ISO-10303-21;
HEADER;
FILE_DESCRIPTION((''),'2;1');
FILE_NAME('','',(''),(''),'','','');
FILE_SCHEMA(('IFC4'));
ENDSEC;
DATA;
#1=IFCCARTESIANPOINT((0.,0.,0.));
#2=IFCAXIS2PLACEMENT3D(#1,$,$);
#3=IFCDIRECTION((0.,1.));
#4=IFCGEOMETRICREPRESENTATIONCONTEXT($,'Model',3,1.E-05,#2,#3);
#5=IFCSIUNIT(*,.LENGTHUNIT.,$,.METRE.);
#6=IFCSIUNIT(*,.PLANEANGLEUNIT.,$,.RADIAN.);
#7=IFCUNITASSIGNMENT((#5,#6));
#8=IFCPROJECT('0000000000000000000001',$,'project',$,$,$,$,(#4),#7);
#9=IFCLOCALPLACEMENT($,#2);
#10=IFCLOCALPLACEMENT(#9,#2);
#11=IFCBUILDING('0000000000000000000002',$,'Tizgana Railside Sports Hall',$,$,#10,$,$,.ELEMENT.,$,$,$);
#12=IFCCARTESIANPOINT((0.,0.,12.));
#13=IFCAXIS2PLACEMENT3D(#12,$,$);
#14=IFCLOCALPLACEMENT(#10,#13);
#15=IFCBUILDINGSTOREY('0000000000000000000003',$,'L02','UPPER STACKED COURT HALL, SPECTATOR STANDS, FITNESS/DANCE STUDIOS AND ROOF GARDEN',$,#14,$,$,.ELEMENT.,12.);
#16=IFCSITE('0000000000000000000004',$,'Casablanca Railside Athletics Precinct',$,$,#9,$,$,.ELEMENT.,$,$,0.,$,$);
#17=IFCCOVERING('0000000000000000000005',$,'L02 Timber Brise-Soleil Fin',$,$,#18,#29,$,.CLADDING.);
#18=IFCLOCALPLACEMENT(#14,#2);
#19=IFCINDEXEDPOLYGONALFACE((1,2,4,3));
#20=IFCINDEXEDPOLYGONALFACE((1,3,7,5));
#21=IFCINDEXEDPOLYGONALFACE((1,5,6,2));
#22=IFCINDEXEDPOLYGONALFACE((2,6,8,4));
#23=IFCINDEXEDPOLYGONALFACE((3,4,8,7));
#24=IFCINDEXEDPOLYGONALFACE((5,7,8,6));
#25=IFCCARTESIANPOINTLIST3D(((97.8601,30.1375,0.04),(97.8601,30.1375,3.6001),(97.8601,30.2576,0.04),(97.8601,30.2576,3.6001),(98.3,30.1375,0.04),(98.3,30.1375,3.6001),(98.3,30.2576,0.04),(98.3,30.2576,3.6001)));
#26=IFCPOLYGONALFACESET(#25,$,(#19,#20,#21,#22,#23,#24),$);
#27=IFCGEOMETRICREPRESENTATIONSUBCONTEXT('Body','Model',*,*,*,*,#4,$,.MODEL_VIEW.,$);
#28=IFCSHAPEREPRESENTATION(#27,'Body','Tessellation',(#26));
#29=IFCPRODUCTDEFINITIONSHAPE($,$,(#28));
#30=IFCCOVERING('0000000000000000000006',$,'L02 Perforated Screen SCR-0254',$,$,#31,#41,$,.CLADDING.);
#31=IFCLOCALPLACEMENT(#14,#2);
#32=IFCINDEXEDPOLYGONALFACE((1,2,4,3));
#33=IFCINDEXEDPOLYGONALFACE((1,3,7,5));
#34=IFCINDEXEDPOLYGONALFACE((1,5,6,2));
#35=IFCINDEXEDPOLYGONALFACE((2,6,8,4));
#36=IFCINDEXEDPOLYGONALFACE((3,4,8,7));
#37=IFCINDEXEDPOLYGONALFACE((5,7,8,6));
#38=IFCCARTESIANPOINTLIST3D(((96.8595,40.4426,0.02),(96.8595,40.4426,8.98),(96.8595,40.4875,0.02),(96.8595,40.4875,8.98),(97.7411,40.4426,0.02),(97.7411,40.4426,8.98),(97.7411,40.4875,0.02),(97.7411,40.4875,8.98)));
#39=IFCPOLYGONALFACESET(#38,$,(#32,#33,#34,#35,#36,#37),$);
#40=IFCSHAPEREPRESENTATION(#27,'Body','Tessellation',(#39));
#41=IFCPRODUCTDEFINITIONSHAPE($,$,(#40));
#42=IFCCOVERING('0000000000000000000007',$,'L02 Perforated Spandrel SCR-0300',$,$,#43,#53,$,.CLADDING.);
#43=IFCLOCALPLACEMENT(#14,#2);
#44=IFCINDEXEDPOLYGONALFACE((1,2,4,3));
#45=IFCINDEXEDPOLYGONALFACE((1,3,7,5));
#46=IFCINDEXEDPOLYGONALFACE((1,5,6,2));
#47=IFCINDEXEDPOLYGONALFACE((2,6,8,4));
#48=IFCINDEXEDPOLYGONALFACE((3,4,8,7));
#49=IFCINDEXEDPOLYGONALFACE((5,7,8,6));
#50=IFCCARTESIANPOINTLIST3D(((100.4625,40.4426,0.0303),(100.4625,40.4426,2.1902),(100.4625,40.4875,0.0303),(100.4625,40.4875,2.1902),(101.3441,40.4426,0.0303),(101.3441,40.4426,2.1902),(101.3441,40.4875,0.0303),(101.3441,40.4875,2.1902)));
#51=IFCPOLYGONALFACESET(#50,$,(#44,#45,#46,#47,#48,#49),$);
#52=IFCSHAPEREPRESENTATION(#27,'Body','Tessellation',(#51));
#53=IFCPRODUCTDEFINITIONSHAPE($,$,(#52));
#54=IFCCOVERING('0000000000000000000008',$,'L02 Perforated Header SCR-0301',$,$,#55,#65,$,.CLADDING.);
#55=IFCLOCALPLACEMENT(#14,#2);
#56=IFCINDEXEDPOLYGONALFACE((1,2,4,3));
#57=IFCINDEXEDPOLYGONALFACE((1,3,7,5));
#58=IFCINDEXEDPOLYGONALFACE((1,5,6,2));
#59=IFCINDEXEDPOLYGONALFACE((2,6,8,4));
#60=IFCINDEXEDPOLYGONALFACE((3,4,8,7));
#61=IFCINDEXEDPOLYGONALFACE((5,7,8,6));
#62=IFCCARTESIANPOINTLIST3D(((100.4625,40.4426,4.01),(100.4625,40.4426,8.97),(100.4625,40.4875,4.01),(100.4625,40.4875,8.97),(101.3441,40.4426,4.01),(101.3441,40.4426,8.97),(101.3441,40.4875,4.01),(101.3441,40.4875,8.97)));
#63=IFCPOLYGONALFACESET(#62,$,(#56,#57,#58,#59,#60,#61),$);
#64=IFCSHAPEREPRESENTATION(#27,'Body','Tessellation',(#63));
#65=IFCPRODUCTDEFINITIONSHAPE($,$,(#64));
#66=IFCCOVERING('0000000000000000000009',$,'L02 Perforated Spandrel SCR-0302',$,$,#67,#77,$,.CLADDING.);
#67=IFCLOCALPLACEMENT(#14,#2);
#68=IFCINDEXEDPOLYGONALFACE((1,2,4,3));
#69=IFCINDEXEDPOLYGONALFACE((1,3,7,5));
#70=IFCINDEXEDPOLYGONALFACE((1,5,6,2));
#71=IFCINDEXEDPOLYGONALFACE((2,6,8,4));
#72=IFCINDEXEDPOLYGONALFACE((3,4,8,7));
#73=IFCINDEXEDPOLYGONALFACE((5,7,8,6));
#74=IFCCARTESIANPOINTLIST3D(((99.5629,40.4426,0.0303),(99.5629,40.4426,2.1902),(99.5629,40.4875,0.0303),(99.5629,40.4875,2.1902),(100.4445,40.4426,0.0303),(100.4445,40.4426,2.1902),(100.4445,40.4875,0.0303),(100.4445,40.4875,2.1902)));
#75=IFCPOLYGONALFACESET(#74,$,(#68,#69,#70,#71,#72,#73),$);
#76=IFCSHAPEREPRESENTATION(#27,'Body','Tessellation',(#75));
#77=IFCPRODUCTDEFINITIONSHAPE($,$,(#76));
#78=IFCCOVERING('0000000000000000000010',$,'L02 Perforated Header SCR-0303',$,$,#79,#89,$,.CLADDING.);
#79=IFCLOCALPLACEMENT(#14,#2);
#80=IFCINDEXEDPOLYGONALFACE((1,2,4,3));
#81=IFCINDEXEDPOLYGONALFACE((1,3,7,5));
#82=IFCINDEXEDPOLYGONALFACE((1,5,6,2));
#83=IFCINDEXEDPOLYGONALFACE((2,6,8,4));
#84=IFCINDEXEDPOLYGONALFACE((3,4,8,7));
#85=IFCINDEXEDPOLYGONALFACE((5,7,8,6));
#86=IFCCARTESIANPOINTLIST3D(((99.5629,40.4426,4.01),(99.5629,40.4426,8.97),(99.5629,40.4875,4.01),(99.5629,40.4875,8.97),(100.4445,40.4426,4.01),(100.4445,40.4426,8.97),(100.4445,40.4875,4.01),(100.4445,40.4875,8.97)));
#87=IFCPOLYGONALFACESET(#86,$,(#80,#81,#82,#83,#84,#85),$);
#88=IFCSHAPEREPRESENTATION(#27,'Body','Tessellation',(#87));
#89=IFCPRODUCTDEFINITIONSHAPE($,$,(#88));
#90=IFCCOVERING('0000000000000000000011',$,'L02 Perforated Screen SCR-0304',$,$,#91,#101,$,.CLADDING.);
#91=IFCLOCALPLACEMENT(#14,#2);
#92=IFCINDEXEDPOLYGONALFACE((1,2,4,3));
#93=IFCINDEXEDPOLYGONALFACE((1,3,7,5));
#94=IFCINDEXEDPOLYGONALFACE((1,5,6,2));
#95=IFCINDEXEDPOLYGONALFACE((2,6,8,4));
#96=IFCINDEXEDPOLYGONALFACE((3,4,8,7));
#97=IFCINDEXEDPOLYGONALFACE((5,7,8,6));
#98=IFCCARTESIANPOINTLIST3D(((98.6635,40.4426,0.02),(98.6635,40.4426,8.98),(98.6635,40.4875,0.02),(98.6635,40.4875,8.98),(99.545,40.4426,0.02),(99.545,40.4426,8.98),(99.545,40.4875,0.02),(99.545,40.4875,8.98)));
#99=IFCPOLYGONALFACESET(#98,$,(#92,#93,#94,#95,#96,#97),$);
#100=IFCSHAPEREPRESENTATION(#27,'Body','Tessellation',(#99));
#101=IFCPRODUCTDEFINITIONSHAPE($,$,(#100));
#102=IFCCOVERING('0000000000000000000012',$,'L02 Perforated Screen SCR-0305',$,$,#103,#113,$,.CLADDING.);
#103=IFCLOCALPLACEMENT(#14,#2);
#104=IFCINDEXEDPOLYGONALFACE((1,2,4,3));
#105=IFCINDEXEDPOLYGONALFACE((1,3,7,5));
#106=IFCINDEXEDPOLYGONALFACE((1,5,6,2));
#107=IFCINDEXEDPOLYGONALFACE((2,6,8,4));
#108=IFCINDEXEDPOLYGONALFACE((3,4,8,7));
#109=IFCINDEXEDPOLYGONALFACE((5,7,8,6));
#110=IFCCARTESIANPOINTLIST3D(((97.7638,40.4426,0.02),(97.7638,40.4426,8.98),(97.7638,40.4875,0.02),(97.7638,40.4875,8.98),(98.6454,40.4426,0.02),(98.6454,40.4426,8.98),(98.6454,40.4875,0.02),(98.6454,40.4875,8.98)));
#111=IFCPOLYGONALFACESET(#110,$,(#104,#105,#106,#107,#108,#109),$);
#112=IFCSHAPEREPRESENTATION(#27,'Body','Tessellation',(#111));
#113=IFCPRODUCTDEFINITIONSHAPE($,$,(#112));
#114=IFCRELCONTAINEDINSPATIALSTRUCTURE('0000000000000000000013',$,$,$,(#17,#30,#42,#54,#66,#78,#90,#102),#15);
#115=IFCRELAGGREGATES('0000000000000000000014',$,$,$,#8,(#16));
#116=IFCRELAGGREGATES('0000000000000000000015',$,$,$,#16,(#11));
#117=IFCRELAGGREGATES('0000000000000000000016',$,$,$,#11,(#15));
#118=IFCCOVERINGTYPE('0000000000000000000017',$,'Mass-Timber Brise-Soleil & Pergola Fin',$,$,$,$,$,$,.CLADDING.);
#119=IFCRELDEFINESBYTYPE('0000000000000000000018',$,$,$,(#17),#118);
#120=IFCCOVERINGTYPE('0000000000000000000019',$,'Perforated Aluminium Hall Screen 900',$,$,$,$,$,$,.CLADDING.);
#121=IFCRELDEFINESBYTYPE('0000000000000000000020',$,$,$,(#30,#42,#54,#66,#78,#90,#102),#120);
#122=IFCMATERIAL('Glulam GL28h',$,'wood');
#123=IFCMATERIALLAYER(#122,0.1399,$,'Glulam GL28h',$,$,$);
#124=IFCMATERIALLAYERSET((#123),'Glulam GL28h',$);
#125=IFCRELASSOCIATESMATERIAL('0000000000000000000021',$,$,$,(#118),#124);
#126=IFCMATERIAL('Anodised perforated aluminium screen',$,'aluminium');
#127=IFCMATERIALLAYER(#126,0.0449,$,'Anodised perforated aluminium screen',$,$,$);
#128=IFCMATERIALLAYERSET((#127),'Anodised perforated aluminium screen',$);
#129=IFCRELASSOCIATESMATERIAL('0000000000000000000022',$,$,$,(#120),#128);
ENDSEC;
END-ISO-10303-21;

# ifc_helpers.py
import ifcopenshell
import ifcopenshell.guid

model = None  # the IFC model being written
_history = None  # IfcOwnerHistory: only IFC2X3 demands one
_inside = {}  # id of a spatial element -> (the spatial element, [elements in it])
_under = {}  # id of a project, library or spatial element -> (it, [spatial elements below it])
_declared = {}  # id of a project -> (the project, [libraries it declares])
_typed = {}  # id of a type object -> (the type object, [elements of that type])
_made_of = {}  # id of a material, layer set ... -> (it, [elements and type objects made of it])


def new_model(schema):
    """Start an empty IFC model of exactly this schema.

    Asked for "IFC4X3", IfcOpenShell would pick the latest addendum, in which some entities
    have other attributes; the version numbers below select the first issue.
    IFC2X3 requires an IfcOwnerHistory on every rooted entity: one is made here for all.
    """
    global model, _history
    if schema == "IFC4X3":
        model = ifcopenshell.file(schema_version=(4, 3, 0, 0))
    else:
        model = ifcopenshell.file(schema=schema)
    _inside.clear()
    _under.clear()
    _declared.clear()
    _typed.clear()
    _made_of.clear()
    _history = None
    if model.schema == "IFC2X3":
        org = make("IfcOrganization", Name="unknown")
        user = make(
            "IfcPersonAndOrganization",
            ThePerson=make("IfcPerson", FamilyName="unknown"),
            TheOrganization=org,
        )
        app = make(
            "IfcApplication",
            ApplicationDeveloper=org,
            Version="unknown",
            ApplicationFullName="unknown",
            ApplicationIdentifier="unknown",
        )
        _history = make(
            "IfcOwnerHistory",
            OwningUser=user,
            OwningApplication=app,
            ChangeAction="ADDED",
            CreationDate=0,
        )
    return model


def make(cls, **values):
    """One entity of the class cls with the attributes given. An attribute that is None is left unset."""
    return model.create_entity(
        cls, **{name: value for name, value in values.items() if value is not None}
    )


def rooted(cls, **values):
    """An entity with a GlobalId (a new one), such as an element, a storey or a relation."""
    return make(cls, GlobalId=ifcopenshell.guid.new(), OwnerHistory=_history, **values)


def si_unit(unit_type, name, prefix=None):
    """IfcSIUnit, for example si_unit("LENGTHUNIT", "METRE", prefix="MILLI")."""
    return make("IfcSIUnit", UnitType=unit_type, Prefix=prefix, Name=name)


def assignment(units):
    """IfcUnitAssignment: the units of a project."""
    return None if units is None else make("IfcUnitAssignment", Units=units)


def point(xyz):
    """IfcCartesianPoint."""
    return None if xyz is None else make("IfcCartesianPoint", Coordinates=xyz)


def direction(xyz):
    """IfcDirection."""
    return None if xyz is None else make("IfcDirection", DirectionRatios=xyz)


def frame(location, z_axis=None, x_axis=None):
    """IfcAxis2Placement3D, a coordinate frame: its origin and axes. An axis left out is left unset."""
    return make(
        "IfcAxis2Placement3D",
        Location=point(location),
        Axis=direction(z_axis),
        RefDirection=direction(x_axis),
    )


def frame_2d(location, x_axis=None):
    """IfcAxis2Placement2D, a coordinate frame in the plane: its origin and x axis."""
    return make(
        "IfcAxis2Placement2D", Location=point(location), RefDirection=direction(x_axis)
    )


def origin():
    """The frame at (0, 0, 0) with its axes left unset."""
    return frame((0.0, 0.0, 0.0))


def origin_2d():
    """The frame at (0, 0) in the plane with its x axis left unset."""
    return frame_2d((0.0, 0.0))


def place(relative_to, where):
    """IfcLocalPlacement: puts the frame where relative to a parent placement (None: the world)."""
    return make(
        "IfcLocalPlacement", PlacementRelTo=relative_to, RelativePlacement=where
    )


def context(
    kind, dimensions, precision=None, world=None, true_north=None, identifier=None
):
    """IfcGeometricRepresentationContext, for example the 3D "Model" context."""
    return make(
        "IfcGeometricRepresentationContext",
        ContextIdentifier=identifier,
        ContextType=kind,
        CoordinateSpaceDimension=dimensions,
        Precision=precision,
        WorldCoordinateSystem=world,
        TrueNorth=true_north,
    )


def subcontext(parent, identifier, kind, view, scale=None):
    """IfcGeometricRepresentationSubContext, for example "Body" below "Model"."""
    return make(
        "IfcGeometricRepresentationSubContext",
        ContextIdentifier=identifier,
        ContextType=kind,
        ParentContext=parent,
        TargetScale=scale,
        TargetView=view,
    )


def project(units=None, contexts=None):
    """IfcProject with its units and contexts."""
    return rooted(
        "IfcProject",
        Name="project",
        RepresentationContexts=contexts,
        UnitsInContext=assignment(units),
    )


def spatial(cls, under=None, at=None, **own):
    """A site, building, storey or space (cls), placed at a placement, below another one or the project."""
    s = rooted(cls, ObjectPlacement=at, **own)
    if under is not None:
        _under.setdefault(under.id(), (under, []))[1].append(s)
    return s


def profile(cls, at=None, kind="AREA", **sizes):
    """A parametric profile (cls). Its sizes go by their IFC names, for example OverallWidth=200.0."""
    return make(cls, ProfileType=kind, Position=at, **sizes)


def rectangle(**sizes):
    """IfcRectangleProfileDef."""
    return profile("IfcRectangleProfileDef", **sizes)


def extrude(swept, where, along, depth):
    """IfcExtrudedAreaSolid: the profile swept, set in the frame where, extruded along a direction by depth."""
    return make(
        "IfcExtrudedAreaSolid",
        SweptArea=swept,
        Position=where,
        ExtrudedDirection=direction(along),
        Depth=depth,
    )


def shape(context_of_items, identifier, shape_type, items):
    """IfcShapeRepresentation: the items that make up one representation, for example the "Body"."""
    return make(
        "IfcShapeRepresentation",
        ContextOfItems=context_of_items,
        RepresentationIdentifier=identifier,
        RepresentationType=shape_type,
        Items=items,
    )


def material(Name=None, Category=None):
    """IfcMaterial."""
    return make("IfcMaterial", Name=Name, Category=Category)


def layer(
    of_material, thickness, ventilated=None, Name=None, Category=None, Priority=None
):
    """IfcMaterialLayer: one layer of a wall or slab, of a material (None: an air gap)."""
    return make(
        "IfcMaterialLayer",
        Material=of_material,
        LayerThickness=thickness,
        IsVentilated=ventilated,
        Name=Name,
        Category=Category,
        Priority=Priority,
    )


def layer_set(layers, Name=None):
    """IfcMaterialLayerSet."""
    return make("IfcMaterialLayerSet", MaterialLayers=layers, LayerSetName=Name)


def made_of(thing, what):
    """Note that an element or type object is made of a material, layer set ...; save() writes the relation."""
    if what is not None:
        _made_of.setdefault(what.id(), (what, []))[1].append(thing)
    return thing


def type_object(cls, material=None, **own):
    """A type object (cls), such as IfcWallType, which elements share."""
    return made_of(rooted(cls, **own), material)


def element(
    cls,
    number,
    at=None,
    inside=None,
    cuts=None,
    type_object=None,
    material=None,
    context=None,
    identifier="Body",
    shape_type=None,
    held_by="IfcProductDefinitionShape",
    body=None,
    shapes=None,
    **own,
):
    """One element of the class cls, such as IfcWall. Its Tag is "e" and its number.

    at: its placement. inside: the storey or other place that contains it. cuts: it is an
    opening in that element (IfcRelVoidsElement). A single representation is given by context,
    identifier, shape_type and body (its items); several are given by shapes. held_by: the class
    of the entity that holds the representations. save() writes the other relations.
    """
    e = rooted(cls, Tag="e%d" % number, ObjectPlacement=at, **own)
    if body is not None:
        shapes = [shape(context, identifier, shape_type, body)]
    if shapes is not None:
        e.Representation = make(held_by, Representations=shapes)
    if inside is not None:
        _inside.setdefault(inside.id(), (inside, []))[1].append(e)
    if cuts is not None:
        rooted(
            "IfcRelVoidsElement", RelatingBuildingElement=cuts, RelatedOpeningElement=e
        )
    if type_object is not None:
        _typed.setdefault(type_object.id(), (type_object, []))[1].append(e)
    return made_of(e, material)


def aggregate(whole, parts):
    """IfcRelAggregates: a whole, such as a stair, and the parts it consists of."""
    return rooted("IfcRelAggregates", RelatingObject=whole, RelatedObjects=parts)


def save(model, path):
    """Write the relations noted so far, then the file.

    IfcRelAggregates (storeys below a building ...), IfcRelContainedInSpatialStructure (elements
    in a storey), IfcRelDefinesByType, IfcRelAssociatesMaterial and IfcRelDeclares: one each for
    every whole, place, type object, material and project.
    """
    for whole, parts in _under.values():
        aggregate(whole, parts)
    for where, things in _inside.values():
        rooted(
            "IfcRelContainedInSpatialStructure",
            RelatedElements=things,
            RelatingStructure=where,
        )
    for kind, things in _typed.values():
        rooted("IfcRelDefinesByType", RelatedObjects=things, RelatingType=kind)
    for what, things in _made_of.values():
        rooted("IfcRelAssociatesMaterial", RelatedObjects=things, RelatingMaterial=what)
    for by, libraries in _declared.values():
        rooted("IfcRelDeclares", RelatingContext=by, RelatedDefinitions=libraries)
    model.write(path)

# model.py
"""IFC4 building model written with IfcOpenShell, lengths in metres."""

from ifc_helpers import new_model, si_unit, direction, frame, origin, origin_2d, place, context, subcontext, project, spatial, rectangle, extrude, material, layer, layer_set, type_object, element, save


model = new_model("IFC4")

# Units and contexts
model_context = context("Model", 3, precision=1e-05, world=origin(), true_north=direction((0.0, 1.0)))
body_context = subcontext(model_context, "Body", "Model", "MODEL_VIEW")
ifc_project = project(units=[si_unit("LENGTHUNIT", "METRE"), si_unit("PLANEANGLEUNIT", "RADIAN")], contexts=[model_context])

# Site, building, storey
site_placement = place(None, origin())
site = spatial("IfcSite", under=ifc_project, at=site_placement, Name="Casablanca Railside Athletics Precinct", CompositionType="ELEMENT", RefElevation=0.0)
building_placement = place(site_placement, origin())
building = spatial("IfcBuilding", under=site, at=building_placement, Name="Tizgana Railside Sports Hall", CompositionType="ELEMENT")
storey_placement = place(building_placement, frame((0.0, 0.0, 12.0)))
storey = spatial("IfcBuildingStorey", under=building, at=storey_placement, Name="L02", Description="UPPER STACKED COURT HALL, SPECTATOR STANDS, FITNESS/DANCE STUDIOS AND ROOF GARDEN", CompositionType="ELEMENT", Elevation=12.0)

# Coverings
ifc_material_1 = material(Name="Glulam GL28h", Category="wood")
ifc_layer_1 = layer(ifc_material_1, 0.1399, Name="Glulam GL28h")
ifc_layer_set_1 = layer_set([ifc_layer_1], Name="Glulam GL28h")
covering_type_1 = type_object("IfcCoveringType", Name="Mass-Timber Brise-Soleil & Pergola Fin", PredefinedType="CLADDING", material=ifc_layer_set_1)
covering_1_placement = place(storey_placement, frame((98.0801, 30.1975, 0.04), z_axis=(0.0, 0.0, 1.0), x_axis=(0.0, -1.0, 0.0)))
element("IfcCovering", 1, at=covering_1_placement, inside=storey, type_object=covering_type_1, Name="L02 Timber Brise-Soleil Fin", PredefinedType="CLADDING", context=body_context, shape_type="SweptSolid", body=[
    extrude(rectangle(XDim=0.1201, YDim=0.4399, at=origin_2d()), origin(), (0.0, 0.0, 1.0), 3.5601),
])
ifc_material_2 = material(Name="Anodised perforated aluminium screen", Category="aluminium")
ifc_layer_2 = layer(ifc_material_2, 0.0449, Name="Anodised perforated aluminium screen")
ifc_layer_set_2 = layer_set([ifc_layer_2], Name="Anodised perforated aluminium screen")
covering_type_2 = type_object("IfcCoveringType", Name="Perforated Aluminium Hall Screen 900", PredefinedType="CLADDING", material=ifc_layer_set_2)
covering_2_placement = place(storey_placement, frame((97.3003, 40.4651, 0.02), z_axis=(0.0, 0.0, 1.0), x_axis=(-1.0, 0.0, 0.0)))
element("IfcCovering", 2, at=covering_2_placement, inside=storey, type_object=covering_type_2, Name="L02 Perforated Screen SCR-0254", PredefinedType="CLADDING", context=body_context, shape_type="SweptSolid", body=[
    extrude(rectangle(XDim=0.8816, YDim=0.0449, at=origin_2d()), origin(), (0.0, 0.0, 1.0), 8.96),
])
covering_3_placement = place(storey_placement, frame((100.9033, 40.4651, 0.0303), z_axis=(0.0, 0.0, 1.0), x_axis=(-1.0, 0.0, 0.0)))
element("IfcCovering", 3, at=covering_3_placement, inside=storey, type_object=covering_type_2, Name="L02 Perforated Spandrel SCR-0300", PredefinedType="CLADDING", context=body_context, shape_type="SweptSolid", body=[
    extrude(rectangle(XDim=0.8816, YDim=0.0449, at=origin_2d()), origin(), (0.0, 0.0, 1.0), 2.1599),
])
covering_4_placement = place(storey_placement, frame((100.9033, 40.4651, 4.01), z_axis=(0.0, 0.0, 1.0), x_axis=(-1.0, 0.0, 0.0)))
element("IfcCovering", 4, at=covering_4_placement, inside=storey, type_object=covering_type_2, Name="L02 Perforated Header SCR-0301", PredefinedType="CLADDING", context=body_context, shape_type="SweptSolid", body=[
    extrude(rectangle(XDim=0.8816, YDim=0.0449, at=origin_2d()), origin(), (0.0, 0.0, 1.0), 4.96),
])
covering_5_placement = place(storey_placement, frame((100.0037, 40.4651, 0.0303), z_axis=(0.0, 0.0, 1.0), x_axis=(-1.0, 0.0, 0.0)))
element("IfcCovering", 5, at=covering_5_placement, inside=storey, type_object=covering_type_2, Name="L02 Perforated Spandrel SCR-0302", PredefinedType="CLADDING", context=body_context, shape_type="SweptSolid", body=[
    extrude(rectangle(XDim=0.8816, YDim=0.0449, at=origin_2d()), origin(), (0.0, 0.0, 1.0), 2.1599),
])
covering_6_placement = place(storey_placement, frame((100.0037, 40.4651, 4.01), z_axis=(0.0, 0.0, 1.0), x_axis=(-1.0, 0.0, 0.0)))
element("IfcCovering", 6, at=covering_6_placement, inside=storey, type_object=covering_type_2, Name="L02 Perforated Header SCR-0303", PredefinedType="CLADDING", context=body_context, shape_type="SweptSolid", body=[
    extrude(rectangle(XDim=0.8816, YDim=0.0449, at=origin_2d()), origin(), (0.0, 0.0, 1.0), 4.96),
])
for number, where, z_axis, x_axis, name in (
    (7, (99.1042, 40.4651, 0.02), (0.0, 0.0, 1.0), (-1.0, 0.0, 0.0), "L02 Perforated Screen SCR-0304"),
    (8, (98.2046, 40.4651, 0.02), (0.0, 0.0, 1.0), (-1.0, 0.0, 0.0), "L02 Perforated Screen SCR-0305"),
):
    element("IfcCovering", number, at=place(storey_placement, frame(where, z_axis=z_axis, x_axis=x_axis)), inside=storey, type_object=covering_type_2, Name=name, PredefinedType="CLADDING", context=body_context, shape_type="SweptSolid", body=[
        extrude(rectangle(XDim=0.8816, YDim=0.0449, at=origin_2d()), origin(), (0.0, 0.0, 1.0), 8.96),
    ])

save(model, "model.ifc")
